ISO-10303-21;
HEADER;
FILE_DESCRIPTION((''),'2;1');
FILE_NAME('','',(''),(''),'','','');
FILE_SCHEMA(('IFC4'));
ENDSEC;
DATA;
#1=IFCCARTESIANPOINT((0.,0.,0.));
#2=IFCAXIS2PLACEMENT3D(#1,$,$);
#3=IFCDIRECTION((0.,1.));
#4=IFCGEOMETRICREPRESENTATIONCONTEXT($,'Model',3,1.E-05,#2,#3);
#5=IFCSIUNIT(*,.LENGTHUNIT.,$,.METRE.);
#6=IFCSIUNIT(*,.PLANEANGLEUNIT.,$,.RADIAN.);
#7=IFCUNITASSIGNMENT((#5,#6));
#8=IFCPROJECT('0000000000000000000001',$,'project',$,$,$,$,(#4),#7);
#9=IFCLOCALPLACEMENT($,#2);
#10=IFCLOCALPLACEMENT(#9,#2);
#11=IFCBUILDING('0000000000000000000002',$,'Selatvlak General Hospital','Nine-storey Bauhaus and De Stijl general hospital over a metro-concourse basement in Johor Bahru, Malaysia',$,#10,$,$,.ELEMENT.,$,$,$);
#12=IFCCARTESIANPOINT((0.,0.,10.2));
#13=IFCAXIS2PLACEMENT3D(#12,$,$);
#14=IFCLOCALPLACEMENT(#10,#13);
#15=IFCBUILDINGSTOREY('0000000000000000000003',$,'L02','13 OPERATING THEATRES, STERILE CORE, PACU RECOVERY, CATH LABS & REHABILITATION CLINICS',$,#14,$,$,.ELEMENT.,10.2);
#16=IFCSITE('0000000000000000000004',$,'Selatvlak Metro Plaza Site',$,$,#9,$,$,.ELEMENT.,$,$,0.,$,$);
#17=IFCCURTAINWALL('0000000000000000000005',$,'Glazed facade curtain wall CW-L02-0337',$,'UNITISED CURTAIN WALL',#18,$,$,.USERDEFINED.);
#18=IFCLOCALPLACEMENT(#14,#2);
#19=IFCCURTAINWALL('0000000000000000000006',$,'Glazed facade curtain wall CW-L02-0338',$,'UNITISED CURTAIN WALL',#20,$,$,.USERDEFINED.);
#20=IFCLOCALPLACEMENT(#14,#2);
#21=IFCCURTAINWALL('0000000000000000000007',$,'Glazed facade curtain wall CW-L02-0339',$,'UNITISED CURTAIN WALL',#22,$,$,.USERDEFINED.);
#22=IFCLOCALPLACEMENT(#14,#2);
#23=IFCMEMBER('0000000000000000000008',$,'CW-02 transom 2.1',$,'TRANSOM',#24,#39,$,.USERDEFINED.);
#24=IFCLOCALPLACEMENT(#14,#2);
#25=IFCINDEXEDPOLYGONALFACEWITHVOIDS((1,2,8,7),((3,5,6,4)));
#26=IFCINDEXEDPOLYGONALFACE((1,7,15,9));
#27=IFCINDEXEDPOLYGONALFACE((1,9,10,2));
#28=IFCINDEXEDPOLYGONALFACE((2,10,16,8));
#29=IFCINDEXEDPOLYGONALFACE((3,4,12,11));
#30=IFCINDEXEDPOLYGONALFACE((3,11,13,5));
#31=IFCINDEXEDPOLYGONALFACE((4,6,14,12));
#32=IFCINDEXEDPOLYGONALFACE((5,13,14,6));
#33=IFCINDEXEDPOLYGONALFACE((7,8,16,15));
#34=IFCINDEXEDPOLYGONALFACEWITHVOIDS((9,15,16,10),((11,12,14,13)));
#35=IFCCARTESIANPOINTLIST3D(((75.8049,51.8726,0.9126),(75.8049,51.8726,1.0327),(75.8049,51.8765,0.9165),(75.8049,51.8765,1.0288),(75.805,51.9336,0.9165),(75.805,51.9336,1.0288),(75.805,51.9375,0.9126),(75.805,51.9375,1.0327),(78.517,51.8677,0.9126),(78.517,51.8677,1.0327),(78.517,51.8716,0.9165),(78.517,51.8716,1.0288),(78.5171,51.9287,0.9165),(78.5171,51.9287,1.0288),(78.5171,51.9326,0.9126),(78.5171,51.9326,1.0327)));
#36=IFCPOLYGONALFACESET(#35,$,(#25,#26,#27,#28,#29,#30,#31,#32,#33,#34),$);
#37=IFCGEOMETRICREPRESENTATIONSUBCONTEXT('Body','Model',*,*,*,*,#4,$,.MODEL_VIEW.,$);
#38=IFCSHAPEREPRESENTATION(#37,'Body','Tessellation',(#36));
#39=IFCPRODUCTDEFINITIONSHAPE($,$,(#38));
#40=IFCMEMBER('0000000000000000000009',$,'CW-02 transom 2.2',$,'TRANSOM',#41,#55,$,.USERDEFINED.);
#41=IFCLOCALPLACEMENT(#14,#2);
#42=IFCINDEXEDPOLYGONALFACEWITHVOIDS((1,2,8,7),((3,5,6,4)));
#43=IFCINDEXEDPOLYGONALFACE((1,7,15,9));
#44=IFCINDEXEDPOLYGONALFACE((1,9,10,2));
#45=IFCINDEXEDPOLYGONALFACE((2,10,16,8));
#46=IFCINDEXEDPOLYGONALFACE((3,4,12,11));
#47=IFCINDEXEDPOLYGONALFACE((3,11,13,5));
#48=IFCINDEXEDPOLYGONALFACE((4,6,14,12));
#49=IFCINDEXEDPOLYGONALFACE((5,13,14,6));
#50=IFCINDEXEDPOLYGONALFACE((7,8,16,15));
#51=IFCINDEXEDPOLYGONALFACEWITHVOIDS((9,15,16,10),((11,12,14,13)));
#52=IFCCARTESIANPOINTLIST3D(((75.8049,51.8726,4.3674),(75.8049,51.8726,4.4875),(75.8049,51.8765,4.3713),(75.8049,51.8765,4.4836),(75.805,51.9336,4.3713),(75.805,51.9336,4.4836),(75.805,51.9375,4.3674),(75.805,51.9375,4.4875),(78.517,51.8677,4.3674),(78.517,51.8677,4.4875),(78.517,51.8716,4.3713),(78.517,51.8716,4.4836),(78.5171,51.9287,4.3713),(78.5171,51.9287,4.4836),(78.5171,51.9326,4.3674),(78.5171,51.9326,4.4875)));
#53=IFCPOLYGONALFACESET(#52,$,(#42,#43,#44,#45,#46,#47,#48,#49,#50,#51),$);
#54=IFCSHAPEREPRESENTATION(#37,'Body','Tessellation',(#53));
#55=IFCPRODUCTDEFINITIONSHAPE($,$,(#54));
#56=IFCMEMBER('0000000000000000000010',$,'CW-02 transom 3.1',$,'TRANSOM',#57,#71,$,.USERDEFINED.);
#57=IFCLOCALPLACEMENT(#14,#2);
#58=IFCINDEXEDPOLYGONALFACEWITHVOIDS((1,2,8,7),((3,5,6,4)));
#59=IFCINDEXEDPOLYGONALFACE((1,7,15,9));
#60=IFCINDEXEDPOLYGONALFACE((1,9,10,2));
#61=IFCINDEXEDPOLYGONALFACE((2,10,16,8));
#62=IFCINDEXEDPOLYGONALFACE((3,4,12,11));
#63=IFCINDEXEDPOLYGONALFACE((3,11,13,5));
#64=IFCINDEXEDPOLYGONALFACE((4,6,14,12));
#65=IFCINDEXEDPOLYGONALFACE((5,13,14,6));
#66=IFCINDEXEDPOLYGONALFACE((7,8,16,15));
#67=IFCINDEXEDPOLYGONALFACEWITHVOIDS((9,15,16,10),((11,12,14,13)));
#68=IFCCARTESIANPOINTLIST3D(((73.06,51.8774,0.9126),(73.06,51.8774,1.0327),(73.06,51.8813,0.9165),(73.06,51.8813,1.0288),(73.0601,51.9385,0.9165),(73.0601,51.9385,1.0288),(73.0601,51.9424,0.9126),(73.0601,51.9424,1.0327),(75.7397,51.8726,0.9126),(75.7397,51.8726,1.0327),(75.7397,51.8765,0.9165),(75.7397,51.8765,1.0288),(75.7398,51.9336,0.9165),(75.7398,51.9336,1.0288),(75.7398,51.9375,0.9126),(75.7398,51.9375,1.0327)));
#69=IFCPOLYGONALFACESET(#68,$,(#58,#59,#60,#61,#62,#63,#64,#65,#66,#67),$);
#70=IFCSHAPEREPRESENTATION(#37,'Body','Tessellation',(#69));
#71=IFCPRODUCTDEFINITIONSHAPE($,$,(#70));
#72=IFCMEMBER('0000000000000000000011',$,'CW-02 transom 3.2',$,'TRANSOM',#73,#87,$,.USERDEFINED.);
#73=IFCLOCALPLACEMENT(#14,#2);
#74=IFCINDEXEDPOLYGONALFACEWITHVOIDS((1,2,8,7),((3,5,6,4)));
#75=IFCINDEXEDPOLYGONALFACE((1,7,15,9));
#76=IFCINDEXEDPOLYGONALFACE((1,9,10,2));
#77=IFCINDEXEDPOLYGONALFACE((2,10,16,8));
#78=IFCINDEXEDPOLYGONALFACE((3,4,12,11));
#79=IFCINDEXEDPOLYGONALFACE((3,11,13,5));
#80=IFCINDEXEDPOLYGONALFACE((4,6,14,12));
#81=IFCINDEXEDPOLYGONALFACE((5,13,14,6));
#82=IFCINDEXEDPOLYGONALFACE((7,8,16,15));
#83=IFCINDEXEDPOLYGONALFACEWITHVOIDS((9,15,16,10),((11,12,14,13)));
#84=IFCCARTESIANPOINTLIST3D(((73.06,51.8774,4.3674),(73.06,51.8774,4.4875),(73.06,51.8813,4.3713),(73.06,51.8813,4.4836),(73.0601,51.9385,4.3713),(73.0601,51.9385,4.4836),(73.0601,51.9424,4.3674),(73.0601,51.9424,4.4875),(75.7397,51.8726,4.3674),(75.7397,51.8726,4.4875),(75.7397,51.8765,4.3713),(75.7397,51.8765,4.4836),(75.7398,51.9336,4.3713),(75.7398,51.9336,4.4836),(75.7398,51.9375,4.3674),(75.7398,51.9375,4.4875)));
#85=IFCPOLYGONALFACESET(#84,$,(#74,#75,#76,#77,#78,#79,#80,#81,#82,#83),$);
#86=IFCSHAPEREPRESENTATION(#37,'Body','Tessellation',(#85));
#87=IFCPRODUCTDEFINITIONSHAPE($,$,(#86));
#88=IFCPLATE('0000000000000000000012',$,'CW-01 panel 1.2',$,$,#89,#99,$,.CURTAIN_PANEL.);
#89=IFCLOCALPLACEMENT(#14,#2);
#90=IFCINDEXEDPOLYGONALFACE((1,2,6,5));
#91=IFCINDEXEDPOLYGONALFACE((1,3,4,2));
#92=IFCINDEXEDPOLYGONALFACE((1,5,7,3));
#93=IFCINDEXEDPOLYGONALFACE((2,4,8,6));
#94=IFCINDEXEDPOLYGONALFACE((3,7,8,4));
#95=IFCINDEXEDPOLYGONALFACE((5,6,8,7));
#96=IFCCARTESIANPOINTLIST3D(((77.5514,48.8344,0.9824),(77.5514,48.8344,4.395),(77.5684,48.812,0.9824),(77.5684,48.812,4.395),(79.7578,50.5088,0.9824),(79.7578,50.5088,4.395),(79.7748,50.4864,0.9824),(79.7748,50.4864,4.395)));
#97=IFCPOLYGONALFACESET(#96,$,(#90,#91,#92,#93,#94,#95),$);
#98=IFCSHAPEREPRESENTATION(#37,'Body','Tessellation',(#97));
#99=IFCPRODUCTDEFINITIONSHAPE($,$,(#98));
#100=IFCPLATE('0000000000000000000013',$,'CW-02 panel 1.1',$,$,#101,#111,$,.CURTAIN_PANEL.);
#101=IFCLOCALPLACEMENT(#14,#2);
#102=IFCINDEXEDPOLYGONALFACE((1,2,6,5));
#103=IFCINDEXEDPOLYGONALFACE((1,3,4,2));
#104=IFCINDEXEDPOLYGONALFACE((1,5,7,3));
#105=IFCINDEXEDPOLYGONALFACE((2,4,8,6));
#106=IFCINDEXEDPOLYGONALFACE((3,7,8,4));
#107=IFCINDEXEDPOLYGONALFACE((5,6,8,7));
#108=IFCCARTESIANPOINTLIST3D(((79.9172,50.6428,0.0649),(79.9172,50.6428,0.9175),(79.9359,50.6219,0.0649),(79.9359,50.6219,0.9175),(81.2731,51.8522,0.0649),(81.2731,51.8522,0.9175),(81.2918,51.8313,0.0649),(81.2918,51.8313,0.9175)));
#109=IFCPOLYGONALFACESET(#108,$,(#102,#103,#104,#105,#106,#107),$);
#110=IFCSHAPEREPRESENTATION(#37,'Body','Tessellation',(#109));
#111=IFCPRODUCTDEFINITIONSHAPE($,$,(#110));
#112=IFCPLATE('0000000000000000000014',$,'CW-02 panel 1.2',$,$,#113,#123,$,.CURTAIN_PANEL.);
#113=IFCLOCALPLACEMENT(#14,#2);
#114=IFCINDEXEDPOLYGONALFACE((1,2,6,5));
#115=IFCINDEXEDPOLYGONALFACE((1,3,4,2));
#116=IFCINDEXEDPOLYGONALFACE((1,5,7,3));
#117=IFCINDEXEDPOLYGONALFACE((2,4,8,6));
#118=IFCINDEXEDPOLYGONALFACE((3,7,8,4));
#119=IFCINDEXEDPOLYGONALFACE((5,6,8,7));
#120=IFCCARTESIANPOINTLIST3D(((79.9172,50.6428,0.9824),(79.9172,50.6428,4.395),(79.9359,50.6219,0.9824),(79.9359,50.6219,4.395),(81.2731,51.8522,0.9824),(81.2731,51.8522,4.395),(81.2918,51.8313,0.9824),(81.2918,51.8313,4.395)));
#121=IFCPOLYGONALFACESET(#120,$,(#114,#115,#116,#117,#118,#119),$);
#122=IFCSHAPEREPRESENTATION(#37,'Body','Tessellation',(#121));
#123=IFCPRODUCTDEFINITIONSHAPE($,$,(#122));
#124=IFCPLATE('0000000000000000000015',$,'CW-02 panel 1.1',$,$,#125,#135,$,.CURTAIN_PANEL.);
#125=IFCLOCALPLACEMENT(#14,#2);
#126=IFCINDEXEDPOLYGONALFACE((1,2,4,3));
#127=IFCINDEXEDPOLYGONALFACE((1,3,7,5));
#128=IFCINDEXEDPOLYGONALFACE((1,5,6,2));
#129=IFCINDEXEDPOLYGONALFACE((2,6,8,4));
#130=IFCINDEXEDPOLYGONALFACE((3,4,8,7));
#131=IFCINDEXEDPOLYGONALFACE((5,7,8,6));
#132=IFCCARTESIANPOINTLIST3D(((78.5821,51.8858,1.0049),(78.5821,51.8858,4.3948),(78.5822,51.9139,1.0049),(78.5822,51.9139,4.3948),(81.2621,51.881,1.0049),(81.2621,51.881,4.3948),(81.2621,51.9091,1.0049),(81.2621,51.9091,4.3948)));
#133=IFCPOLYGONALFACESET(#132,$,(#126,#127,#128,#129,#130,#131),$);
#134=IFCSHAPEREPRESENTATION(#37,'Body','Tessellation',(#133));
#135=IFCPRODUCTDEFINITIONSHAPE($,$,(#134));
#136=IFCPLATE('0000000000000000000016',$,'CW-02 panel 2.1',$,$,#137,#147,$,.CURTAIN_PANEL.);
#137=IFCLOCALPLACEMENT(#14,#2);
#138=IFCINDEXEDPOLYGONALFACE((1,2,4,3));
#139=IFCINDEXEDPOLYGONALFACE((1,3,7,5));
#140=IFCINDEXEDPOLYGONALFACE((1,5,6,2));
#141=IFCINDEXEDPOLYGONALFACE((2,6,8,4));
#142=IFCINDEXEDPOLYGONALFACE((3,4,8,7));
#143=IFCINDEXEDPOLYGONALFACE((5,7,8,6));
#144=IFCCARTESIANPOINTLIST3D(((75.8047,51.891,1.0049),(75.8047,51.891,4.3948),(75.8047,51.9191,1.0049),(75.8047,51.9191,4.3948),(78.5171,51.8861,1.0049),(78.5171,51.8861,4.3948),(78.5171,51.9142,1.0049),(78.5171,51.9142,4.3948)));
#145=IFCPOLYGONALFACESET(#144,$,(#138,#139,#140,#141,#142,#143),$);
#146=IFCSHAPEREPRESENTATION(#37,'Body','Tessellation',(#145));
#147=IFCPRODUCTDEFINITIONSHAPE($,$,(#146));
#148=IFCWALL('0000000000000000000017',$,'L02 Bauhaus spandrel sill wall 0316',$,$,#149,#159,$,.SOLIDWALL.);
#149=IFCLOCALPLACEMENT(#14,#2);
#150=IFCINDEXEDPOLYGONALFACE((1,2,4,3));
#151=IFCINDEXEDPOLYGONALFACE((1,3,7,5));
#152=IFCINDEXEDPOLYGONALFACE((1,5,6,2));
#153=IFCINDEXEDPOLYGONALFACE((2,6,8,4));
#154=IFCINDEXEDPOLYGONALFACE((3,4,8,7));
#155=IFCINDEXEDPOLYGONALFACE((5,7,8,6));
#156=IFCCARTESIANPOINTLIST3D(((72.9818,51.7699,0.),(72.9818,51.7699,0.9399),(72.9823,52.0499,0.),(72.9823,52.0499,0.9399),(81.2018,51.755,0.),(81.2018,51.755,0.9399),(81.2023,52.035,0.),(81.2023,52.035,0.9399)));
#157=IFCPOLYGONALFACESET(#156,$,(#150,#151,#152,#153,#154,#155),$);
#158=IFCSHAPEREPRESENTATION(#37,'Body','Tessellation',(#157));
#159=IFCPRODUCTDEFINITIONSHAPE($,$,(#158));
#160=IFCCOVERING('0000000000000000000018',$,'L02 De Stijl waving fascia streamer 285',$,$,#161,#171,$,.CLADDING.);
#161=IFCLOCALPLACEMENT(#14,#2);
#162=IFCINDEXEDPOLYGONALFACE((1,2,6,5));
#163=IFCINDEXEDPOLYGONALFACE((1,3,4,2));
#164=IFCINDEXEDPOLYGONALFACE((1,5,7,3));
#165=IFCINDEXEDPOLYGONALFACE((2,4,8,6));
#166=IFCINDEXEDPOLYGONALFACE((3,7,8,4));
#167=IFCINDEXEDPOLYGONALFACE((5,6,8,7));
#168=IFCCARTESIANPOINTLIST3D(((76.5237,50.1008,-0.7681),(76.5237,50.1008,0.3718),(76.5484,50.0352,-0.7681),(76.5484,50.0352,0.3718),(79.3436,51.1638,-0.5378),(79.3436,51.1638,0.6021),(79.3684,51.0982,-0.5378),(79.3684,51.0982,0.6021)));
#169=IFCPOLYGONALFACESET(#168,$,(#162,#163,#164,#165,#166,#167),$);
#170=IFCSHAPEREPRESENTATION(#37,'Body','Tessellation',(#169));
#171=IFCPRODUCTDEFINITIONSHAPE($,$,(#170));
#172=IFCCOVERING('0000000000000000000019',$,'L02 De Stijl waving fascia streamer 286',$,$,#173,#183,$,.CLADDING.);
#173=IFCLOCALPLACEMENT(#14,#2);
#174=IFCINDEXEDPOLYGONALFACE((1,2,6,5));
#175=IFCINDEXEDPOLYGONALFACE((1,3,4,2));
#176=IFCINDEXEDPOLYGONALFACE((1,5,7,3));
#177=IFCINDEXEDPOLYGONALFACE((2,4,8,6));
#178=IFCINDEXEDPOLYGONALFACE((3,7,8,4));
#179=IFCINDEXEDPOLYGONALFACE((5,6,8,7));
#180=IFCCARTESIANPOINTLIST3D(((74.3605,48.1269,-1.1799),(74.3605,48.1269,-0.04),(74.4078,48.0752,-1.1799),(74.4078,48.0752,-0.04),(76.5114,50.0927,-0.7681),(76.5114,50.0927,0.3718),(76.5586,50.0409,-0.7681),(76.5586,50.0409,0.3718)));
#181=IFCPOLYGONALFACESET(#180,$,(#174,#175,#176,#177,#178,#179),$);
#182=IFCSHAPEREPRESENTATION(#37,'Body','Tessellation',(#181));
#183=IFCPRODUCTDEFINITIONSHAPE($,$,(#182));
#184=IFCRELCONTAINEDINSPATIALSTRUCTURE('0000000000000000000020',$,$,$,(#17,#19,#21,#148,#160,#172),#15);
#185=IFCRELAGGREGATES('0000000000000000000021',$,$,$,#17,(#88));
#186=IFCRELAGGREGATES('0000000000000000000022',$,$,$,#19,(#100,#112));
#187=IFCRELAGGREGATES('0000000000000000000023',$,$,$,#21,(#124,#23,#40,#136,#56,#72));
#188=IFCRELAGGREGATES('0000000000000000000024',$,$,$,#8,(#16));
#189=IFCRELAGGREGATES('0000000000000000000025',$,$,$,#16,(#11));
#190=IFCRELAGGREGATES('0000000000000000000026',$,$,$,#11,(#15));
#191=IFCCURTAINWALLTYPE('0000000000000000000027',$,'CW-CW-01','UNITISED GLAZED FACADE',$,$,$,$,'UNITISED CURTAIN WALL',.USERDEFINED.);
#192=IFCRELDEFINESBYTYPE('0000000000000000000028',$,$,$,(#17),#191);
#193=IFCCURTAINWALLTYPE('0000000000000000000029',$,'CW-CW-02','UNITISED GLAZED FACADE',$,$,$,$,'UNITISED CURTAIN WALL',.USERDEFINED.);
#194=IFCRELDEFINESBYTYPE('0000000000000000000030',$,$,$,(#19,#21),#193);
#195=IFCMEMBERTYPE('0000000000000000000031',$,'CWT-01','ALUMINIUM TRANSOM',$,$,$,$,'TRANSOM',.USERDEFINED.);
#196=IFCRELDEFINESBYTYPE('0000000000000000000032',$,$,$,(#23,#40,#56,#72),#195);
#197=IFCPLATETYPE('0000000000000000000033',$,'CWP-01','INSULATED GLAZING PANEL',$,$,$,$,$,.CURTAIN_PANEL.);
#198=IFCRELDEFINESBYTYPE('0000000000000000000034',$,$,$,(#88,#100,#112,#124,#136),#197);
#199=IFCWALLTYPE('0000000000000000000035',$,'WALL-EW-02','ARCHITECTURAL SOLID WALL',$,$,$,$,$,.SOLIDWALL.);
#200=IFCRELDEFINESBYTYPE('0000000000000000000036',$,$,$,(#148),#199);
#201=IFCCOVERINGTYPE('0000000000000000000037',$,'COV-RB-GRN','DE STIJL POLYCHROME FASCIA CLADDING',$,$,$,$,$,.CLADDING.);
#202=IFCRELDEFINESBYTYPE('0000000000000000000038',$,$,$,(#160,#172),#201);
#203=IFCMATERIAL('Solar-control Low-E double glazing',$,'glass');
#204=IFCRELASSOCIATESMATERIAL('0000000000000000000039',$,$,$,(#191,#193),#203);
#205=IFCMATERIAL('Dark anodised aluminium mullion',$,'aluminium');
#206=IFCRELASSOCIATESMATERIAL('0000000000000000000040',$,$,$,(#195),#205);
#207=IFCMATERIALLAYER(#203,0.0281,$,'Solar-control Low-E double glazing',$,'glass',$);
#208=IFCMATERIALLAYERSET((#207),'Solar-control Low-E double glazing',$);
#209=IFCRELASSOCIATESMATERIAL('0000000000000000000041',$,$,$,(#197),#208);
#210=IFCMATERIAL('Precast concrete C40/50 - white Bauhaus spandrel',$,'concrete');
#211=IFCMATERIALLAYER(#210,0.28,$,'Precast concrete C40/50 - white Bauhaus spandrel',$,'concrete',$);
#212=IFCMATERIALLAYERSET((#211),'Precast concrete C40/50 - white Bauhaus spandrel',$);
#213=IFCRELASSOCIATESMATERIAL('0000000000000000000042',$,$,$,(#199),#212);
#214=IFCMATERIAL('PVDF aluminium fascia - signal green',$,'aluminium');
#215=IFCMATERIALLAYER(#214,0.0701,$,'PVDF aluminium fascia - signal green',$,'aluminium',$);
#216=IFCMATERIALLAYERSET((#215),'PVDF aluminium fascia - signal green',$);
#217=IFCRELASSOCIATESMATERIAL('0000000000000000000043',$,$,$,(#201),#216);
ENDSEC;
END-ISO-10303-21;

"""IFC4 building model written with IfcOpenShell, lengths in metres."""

from ifc_helpers import new_model, si_unit, direction, frame, frame_2d, origin, origin_2d, place, context, subcontext, project, spatial, polyline, rectangle, hollow_rectangle, outline, extrude, material, layer, layer_set, material_profile, profile_set, type_object, element, aggregate, save


model = new_model("IFC4")

# Units and contexts
model_context = context("Model", 3, precision=1e-05, world=origin(), true_north=direction((0.0, 1.0)))
body_context = subcontext(model_context, "Body", "Model", "MODEL_VIEW")
ifc_project = project(units=[si_unit("LENGTHUNIT", "METRE"), si_unit("PLANEANGLEUNIT", "RADIAN")], contexts=[model_context])

# Site, building, storey
site_placement = place(None, origin())
site = spatial("IfcSite", under=ifc_project, at=site_placement, Name="Selatvlak Metro Plaza Site", CompositionType="ELEMENT", RefElevation=0.0)
building_placement = place(site_placement, origin())
building = spatial("IfcBuilding", under=site, at=building_placement, Name="Selatvlak General Hospital", Description="Nine-storey Bauhaus and De Stijl general hospital over a metro-concourse basement in Johor Bahru, Malaysia", CompositionType="ELEMENT")
storey_placement = place(building_placement, frame((0.0, 0.0, 10.2)))
storey = spatial("IfcBuildingStorey", under=building, at=storey_placement, Name="L02", Description="13 OPERATING THEATRES, STERILE CORE, PACU RECOVERY, CATH LABS & REHABILITATION CLINICS", CompositionType="ELEMENT", Elevation=10.2)

# Curtain wall
ifc_material_1 = material(Name="Solar-control Low-E double glazing", Category="glass")
curtain_wall_type_1 = type_object("IfcCurtainWallType", Name="CW-CW-01", Description="UNITISED GLAZED FACADE", ElementType="UNITISED CURTAIN WALL", PredefinedType="USERDEFINED", material=ifc_material_1)
curtain_wall_1_placement = place(storey_placement, origin())
curtain_wall_1 = element("IfcCurtainWall", 1, at=curtain_wall_1_placement, inside=storey, type_object=curtain_wall_type_1, Name="Glazed facade curtain wall CW-L02-0337", ObjectType="UNITISED CURTAIN WALL", PredefinedType="USERDEFINED")
ifc_material_2 = material(Name="Dark anodised aluminium mullion", Category="aluminium")

# Curtain walls
curtain_wall_type_2 = type_object("IfcCurtainWallType", Name="CW-CW-02", Description="UNITISED GLAZED FACADE", ElementType="UNITISED CURTAIN WALL", PredefinedType="USERDEFINED", material=ifc_material_1)
curtain_wall_2_placement = place(storey_placement, origin())
curtain_wall_2 = element("IfcCurtainWall", 2, at=curtain_wall_2_placement, inside=storey, type_object=curtain_wall_type_2, Name="Glazed facade curtain wall CW-L02-0338", ObjectType="UNITISED CURTAIN WALL", PredefinedType="USERDEFINED")
curtain_wall_3_placement = place(storey_placement, origin())
curtain_wall_3 = element("IfcCurtainWall", 3, at=curtain_wall_3_placement, inside=storey, type_object=curtain_wall_type_2, Name="Glazed facade curtain wall CW-L02-0339", ObjectType="UNITISED CURTAIN WALL", PredefinedType="USERDEFINED")

# Members
ifc_material_profile_1 = material_profile(ifc_material_2, hollow_rectangle(XDim=0.0649, YDim=0.1201, WallThickness=0.0039, at=origin_2d()), Name="AL-TRN 65x120x4")
ifc_profile_set_1 = profile_set([ifc_material_profile_1], Name="Dark anodised aluminium mullion")
member_type_1 = type_object("IfcMemberType", Name="CWT-01", Description="ALUMINIUM TRANSOM", ElementType="TRANSOM", PredefinedType="USERDEFINED", material=ifc_profile_set_1)
member_1_placement = place(storey_placement, frame((78.5171, 51.9001, 0.9727), z_axis=(-0.999998, 0.0018, 0.0), x_axis=(-0.0018, -0.999998, 0.0)))
member_1 = element("IfcMember", 4, at=member_1_placement, type_object=member_type_1, Name="CW-02 transom 2.1", ObjectType="TRANSOM", PredefinedType="USERDEFINED", context=body_context, shape_type="SweptSolid", body=[
    extrude(hollow_rectangle(XDim=0.0649, YDim=0.1201, WallThickness=0.0039, at=origin_2d()), origin(), (0.0, 0.0, 1.0), 2.7122),
])
member_2_placement = place(storey_placement, frame((78.5171, 51.9001, 4.4275), z_axis=(-0.999998, 0.0018, 0.0), x_axis=(-0.0018, -0.999998, 0.0)))
member_2 = element("IfcMember", 5, at=member_2_placement, type_object=member_type_1, Name="CW-02 transom 2.2", ObjectType="TRANSOM", PredefinedType="USERDEFINED", context=body_context, shape_type="SweptSolid", body=[
    extrude(hollow_rectangle(XDim=0.0649, YDim=0.1201, WallThickness=0.0039, at=origin_2d()), origin(), (0.0, 0.0, 1.0), 2.7122),
])
member_3_placement = place(storey_placement, frame((75.7397, 51.905, 0.9727), z_axis=(-0.999998, 0.001822, 0.0), x_axis=(-0.001822, -0.999998, 0.0)))
member_3 = element("IfcMember", 6, at=member_3_placement, type_object=member_type_1, Name="CW-02 transom 3.1", ObjectType="TRANSOM", PredefinedType="USERDEFINED", context=body_context, shape_type="SweptSolid", body=[
    extrude(hollow_rectangle(XDim=0.0649, YDim=0.1201, WallThickness=0.0039, at=origin_2d()), origin(), (0.0, 0.0, 1.0), 2.6797),
])
member_4_placement = place(storey_placement, frame((75.7397, 51.905, 4.4275), z_axis=(-0.999998, 0.001822, 0.0), x_axis=(-0.001822, -0.999998, 0.0)))
member_4 = element("IfcMember", 7, at=member_4_placement, type_object=member_type_1, Name="CW-02 transom 3.2", ObjectType="TRANSOM", PredefinedType="USERDEFINED", context=body_context, shape_type="SweptSolid", body=[
    extrude(hollow_rectangle(XDim=0.0649, YDim=0.1201, WallThickness=0.0039, at=origin_2d()), origin(), (0.0, 0.0, 1.0), 2.6797),
])

# Plates
ifc_layer_1 = layer(ifc_material_1, 0.0281, Name="Solar-control Low-E double glazing", Category="glass")
ifc_layer_set_1 = layer_set([ifc_layer_1], Name="Solar-control Low-E double glazing")
plate_type = type_object("IfcPlateType", Name="CWP-01", Description="INSULATED GLAZING PANEL", PredefinedType="CURTAIN_PANEL", material=ifc_layer_set_1)
plate_1_placement = place(storey_placement, frame((78.6631, 49.6604, 0.9824), z_axis=(0.0, 0.0, 1.0), x_axis=(0.796594, 0.604515, 0.0)))
plate_1 = element("IfcPlate", 8, at=plate_1_placement, type_object=plate_type, Name="CW-01 panel 1.2", PredefinedType="CURTAIN_PANEL", context=body_context, shape_type="SweptSolid", body=[
    extrude(rectangle(XDim=2.7698, YDim=0.0281, at=origin_2d()), origin(), (0.0, 0.0, 1.0), 3.4126),
])
aggregate(curtain_wall_1, [plate_1])
plate_2_placement = place(storey_placement, frame((80.6045, 51.2371, 0.0649), z_axis=(0.0, 0.0, 1.0), x_axis=(0.746275, 0.665638, 0.0)))
plate_2 = element("IfcPlate", 9, at=plate_2_placement, type_object=plate_type, Name="CW-02 panel 1.1", PredefinedType="CURTAIN_PANEL", context=body_context, shape_type="SweptSolid", body=[
    extrude(rectangle(XDim=1.8169, YDim=0.0281, at=origin_2d()), origin(), (0.0, 0.0, 1.0), 0.8525),
])
plate_3_placement = place(storey_placement, frame((80.6045, 51.2371, 0.9824), z_axis=(0.0, 0.0, 1.0), x_axis=(0.746275, 0.665638, 0.0)))
plate_3 = element("IfcPlate", 10, at=plate_3_placement, type_object=plate_type, Name="CW-02 panel 1.2", PredefinedType="CURTAIN_PANEL", context=body_context, shape_type="SweptSolid", body=[
    extrude(rectangle(XDim=1.8169, YDim=0.0281, at=origin_2d()), origin(), (0.0, 0.0, 1.0), 3.4126),
])
aggregate(curtain_wall_2, [plate_2, plate_3])
plate_4_placement = place(storey_placement, frame((79.9221, 51.8975, 1.0049), z_axis=(0.0, 0.0, 1.0), x_axis=(-0.999998, 0.0018, 0.0)))
plate_4 = element("IfcPlate", 11, at=plate_4_placement, type_object=plate_type, Name="CW-02 panel 1.1", PredefinedType="CURTAIN_PANEL", context=body_context, shape_type="SweptSolid", body=[
    extrude(rectangle(XDim=2.6799, YDim=0.0281, at=origin_2d()), origin(), (0.0, 0.0, 1.0), 3.3899),
])
plate_5_placement = place(storey_placement, frame((77.1609, 51.9026, 1.0049), z_axis=(0.0, 0.0, 1.0), x_axis=(-0.999998, 0.0018, 0.0)))
plate_5 = element("IfcPlate", 12, at=plate_5_placement, type_object=plate_type, Name="CW-02 panel 2.1", PredefinedType="CURTAIN_PANEL", context=body_context, shape_type="SweptSolid", body=[
    extrude(rectangle(XDim=2.7124, YDim=0.0281, at=origin_2d()), origin(), (0.0, 0.0, 1.0), 3.3899),
])
aggregate(curtain_wall_3, [plate_4, member_1, member_2, plate_5, member_3, member_4])

# Wall
ifc_material_3 = material(Name="Precast concrete C40/50 - white Bauhaus spandrel", Category="concrete")
ifc_layer_2 = layer(ifc_material_3, 0.28, Name="Precast concrete C40/50 - white Bauhaus spandrel", Category="concrete")
ifc_layer_set_2 = layer_set([ifc_layer_2], Name="Precast concrete C40/50 - white Bauhaus spandrel")
wall_type = type_object("IfcWallType", Name="WALL-EW-02", Description="ARCHITECTURAL SOLID WALL", PredefinedType="SOLIDWALL", material=ifc_layer_set_2)
wall_placement = place(storey_placement, frame((81.2019, 51.895, 0.0), z_axis=(0.0, 0.0, 1.0), x_axis=(-0.999998, 0.001812, 0.0)))
element("IfcWall", 13, at=wall_placement, inside=storey, type_object=wall_type, Name="L02 Bauhaus spandrel sill wall 0316", PredefinedType="SOLIDWALL", context=body_context, shape_type="SweptSolid", body=[
    extrude(rectangle(XDim=8.22, YDim=0.28, at=frame_2d((4.1099, 0.0))), origin(), (0.0, 0.0, 1.0), 0.9399),
])

# Coverings
ifc_material_4 = material(Name="PVDF aluminium fascia - signal green", Category="aluminium")
ifc_layer_3 = layer(ifc_material_4, 0.0701, Name="PVDF aluminium fascia - signal green", Category="aluminium")
ifc_layer_set_3 = layer_set([ifc_layer_3], Name="PVDF aluminium fascia - signal green")
covering_type_1 = type_object("IfcCoveringType", Name="COV-RB-GRN", Description="DE STIJL POLYCHROME FASCIA CLADDING", PredefinedType="CLADDING", material=ifc_layer_set_3)
covering_1_placement = place(storey_placement, frame((79.356, 51.1311, -0.5378), z_axis=(0.0, 0.0, 1.0), x_axis=(-0.935732, -0.352712, 0.0)))
element("IfcCovering", 14, at=covering_1_placement, inside=storey, type_object=covering_type_1, Name="L02 De Stijl waving fascia streamer 285", PredefinedType="CLADDING", context=body_context, shape_type="SweptSolid", body=[
    extrude(outline(polyline([(0.0, 0.0), (3.0137, -0.2302), (3.0137, 0.9097), (0.0, 1.1399), (0.0, 0.0)])), frame((0.0, 0.0352, 0.0), z_axis=(0.0, -1.0, 0.0), x_axis=(1.0, 0.0, 0.0)), (0.0, 0.0, 1.0), 0.0701),
])
covering_2_placement = place(storey_placement, frame((76.5349, 50.0669, -0.7681), z_axis=(0.0, 0.0, 1.0), x_axis=(-0.738148, -0.674639, 0.0)))
element("IfcCovering", 15, at=covering_2_placement, inside=storey, type_object=covering_type_1, Name="L02 De Stijl waving fascia streamer 286", PredefinedType="CLADDING", context=body_context, shape_type="SweptSolid", body=[
    extrude(outline(polyline([(0.0, 0.0), (2.9138, -0.4119), (2.9138, 0.728), (0.0, 1.1399), (0.0, 0.0)])), frame((0.0, 0.0352, 0.0), z_axis=(0.0, -1.0, 0.0), x_axis=(1.0, 0.0, 0.0)), (0.0, 0.0, 1.0), 0.0701),
])

save(model, "model.ifc")
